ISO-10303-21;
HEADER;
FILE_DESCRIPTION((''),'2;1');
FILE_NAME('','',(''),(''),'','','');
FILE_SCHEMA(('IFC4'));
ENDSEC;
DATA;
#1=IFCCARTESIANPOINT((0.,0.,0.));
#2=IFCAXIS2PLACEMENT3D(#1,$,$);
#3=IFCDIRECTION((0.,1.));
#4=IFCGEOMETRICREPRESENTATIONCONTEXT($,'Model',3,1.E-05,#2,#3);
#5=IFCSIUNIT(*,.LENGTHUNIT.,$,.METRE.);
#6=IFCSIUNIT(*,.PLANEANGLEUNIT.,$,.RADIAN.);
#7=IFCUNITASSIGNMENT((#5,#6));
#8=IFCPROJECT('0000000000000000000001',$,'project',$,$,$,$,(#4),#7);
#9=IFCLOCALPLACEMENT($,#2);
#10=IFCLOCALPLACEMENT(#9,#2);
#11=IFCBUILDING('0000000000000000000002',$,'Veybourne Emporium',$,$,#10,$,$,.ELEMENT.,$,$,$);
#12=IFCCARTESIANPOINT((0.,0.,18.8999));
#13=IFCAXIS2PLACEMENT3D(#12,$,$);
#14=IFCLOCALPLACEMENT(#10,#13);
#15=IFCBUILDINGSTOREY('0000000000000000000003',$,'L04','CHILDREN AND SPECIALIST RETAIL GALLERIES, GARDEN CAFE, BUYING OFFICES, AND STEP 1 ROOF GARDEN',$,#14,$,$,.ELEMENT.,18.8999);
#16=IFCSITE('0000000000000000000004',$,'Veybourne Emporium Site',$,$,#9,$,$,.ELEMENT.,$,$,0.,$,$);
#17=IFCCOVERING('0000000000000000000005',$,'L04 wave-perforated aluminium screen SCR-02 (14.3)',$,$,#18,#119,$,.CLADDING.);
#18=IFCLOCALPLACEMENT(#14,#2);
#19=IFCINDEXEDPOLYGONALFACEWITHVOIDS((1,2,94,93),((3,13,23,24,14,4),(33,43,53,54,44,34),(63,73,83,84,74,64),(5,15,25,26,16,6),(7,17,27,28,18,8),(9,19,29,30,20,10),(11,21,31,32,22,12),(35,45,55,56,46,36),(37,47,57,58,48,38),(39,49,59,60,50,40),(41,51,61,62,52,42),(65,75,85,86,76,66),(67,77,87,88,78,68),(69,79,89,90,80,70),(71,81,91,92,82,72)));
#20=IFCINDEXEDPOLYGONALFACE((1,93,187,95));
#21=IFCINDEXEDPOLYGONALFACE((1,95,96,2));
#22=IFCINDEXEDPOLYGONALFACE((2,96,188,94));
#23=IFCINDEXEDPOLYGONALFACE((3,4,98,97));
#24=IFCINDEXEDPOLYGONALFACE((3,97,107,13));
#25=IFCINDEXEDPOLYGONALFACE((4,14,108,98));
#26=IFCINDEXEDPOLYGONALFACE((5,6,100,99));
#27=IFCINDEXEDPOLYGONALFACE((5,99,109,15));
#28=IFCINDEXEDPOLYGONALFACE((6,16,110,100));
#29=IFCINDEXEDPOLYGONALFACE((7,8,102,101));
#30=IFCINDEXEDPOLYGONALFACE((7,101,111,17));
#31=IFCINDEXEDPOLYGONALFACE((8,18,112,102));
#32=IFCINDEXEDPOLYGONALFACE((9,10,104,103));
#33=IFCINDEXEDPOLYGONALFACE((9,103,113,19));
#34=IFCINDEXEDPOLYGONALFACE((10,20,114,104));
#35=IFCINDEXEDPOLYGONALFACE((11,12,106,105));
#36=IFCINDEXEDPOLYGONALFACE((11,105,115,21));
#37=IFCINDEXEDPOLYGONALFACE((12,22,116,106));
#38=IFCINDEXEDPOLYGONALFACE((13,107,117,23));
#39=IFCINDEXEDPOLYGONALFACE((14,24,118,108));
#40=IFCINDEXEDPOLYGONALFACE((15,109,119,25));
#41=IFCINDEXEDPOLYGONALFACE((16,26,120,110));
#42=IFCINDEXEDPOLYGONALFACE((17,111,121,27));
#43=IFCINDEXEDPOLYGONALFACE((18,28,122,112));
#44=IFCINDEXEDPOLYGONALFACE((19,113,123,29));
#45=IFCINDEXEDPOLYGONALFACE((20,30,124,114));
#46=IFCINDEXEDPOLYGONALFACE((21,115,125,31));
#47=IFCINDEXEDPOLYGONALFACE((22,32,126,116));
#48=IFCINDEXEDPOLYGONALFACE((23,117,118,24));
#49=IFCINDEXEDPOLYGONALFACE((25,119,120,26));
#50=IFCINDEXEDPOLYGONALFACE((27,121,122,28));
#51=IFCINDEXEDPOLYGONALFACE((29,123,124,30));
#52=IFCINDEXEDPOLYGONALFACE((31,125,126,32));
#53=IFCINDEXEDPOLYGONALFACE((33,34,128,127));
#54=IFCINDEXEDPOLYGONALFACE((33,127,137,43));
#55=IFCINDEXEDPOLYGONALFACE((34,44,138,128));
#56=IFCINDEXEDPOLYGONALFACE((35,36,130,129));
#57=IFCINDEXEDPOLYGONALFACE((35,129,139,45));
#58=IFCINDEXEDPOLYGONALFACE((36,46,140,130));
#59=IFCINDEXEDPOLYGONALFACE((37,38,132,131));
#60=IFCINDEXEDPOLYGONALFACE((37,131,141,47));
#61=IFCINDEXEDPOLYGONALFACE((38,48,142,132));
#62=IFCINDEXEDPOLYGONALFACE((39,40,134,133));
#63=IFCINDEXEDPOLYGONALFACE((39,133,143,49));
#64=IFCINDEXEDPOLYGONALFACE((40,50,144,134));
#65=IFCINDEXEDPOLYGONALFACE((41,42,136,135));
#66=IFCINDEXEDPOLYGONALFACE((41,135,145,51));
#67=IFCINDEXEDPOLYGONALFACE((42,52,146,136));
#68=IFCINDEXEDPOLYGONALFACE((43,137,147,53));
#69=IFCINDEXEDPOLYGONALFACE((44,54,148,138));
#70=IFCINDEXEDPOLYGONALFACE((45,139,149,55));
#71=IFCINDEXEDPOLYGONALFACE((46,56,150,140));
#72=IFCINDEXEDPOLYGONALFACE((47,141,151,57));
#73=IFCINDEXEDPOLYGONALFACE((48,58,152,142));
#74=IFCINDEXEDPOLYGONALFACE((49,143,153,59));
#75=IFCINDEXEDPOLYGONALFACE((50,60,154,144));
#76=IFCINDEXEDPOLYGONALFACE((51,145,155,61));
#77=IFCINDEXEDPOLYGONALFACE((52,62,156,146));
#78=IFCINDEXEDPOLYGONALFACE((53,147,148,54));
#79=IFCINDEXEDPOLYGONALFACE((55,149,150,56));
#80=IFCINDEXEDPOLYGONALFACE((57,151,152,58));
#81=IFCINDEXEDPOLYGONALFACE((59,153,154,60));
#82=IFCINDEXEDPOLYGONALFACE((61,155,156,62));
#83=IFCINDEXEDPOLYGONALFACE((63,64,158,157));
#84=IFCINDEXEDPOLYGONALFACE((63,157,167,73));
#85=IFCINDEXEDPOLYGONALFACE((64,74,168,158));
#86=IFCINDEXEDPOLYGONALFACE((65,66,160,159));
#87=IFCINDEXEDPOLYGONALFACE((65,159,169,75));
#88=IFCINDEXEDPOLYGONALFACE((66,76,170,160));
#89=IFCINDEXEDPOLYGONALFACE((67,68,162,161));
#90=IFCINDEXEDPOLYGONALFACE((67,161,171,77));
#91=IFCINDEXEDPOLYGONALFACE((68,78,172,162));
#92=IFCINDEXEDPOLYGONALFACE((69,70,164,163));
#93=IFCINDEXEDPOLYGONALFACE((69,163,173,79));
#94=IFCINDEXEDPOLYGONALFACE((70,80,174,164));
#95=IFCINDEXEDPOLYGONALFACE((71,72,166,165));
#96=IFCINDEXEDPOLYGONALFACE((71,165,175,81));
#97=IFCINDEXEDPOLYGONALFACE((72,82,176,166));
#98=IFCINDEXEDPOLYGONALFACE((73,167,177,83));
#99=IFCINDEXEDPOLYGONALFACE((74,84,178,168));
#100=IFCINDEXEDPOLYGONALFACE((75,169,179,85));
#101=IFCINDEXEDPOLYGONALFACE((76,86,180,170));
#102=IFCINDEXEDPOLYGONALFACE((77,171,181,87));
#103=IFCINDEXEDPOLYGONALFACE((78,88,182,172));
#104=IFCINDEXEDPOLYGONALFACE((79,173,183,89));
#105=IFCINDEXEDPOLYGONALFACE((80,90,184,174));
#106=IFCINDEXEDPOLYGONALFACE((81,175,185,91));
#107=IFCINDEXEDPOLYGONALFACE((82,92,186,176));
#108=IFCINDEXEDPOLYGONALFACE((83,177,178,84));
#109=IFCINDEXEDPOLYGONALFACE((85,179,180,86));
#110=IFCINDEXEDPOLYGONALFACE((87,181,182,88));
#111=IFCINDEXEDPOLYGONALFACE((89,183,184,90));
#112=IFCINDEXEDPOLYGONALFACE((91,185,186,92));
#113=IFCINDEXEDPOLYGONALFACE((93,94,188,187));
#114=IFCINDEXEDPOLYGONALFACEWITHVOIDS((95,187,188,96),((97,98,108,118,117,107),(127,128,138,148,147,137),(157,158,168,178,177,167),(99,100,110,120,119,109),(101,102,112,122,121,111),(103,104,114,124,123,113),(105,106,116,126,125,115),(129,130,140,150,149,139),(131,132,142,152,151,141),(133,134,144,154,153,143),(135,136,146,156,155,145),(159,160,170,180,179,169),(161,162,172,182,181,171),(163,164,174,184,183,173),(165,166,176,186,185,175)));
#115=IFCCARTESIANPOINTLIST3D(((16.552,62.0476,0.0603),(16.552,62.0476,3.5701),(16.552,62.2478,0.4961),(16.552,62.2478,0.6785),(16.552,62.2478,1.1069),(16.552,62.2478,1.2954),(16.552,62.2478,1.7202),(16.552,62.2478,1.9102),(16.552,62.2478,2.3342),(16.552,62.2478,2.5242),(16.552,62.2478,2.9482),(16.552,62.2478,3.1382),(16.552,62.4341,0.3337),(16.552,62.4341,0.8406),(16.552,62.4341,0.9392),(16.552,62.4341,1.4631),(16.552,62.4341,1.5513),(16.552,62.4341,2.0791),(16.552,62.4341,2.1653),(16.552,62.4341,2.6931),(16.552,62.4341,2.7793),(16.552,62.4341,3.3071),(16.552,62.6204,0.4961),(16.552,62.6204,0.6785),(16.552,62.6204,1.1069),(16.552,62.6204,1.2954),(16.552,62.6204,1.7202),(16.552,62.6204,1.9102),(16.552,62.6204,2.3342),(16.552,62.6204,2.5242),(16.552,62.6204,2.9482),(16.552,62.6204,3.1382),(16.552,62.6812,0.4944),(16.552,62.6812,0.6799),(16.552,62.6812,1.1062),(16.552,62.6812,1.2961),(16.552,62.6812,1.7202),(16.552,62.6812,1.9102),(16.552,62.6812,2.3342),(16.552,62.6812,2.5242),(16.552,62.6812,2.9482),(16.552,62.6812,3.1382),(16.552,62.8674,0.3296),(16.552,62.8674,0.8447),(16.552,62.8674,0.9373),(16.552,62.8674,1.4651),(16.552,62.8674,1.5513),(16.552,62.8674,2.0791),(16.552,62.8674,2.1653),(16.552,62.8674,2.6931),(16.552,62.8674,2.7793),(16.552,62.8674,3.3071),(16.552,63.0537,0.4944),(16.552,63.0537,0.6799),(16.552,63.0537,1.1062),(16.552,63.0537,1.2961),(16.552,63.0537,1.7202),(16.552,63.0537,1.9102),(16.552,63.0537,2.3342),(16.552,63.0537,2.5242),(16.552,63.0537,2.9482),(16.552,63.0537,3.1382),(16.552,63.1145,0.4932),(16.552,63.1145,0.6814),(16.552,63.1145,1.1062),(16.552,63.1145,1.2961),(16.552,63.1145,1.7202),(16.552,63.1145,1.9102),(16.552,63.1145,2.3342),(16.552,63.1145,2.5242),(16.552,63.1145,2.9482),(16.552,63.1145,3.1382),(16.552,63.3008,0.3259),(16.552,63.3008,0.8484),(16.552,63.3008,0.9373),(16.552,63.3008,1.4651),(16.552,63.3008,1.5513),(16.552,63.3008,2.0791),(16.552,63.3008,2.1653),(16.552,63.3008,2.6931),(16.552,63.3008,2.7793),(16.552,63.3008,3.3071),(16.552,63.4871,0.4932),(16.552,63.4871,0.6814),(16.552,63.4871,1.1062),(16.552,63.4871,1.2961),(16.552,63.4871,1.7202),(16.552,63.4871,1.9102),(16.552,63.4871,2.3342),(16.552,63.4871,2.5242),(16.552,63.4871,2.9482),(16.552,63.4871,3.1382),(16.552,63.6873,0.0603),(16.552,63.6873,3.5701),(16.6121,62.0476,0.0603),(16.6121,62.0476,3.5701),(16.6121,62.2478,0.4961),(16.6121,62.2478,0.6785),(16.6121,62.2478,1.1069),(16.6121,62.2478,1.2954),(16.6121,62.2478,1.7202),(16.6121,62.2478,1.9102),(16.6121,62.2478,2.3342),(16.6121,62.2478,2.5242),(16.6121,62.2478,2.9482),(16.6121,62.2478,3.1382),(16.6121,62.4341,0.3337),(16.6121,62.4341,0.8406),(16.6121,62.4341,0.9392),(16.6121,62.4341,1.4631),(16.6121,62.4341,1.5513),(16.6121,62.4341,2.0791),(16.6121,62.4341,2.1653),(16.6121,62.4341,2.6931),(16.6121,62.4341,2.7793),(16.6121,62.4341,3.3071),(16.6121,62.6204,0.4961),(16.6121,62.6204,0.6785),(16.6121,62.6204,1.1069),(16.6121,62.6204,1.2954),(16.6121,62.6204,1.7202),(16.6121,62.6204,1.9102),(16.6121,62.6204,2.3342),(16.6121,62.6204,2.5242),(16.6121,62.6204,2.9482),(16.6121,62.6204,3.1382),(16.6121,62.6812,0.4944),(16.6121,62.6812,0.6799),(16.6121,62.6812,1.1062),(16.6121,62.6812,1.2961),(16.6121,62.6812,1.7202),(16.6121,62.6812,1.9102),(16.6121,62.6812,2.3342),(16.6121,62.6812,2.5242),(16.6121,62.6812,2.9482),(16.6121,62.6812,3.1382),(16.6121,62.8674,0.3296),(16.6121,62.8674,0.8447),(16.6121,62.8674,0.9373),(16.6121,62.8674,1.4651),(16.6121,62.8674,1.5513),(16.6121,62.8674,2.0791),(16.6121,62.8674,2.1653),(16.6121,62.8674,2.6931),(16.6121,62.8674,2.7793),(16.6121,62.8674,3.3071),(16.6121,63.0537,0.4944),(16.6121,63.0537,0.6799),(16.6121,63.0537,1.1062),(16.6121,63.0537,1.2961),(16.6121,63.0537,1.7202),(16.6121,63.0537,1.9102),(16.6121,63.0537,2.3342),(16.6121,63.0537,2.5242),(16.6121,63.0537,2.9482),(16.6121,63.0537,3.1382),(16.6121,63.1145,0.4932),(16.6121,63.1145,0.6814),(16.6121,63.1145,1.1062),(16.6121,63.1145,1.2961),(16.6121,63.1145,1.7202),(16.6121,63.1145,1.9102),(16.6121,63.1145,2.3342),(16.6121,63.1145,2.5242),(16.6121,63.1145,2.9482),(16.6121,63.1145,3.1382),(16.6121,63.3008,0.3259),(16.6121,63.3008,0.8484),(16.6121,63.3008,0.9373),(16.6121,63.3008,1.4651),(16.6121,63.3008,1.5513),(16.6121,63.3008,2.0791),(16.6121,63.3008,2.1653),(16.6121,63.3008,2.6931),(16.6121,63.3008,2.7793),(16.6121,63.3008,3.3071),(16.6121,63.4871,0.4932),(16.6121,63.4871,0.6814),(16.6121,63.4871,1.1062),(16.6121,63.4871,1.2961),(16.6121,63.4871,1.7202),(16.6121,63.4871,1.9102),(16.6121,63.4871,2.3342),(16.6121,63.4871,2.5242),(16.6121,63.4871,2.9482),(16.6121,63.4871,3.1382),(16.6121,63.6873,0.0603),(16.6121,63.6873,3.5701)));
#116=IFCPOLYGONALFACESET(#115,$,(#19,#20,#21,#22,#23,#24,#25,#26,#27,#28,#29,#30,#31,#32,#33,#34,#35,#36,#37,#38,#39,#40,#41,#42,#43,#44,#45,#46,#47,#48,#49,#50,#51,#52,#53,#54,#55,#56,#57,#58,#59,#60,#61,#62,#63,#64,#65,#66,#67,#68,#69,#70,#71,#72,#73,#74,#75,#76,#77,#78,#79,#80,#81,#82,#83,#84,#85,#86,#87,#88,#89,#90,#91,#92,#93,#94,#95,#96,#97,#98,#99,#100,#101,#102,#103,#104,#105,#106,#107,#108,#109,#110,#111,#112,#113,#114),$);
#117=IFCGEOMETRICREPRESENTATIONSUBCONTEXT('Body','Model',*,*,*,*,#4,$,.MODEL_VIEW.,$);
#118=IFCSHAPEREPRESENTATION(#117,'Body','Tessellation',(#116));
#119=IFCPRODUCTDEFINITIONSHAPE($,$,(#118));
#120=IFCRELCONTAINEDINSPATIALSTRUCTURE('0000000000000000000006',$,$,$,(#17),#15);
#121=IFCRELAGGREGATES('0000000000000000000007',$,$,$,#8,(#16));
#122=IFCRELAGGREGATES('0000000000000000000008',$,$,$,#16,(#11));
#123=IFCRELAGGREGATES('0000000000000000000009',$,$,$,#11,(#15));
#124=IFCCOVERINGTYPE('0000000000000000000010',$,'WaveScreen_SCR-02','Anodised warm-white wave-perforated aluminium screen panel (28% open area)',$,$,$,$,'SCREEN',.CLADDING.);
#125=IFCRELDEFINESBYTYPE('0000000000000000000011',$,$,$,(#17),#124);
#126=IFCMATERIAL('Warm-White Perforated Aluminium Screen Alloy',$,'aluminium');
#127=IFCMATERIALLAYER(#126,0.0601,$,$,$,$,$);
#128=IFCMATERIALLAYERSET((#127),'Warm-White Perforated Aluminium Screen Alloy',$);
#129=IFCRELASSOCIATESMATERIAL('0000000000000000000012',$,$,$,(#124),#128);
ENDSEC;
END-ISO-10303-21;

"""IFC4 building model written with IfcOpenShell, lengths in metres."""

from ifc_helpers import new_model, si_unit, direction, frame, origin, place, context, subcontext, project, spatial, polyline, outline, extrude, material, layer, layer_set, type_object, element, save


model = new_model("IFC4")

# Units and contexts
model_context = context("Model", 3, precision=1e-05, world=origin(), true_north=direction((0.0, 1.0)))
body_context = subcontext(model_context, "Body", "Model", "MODEL_VIEW")
ifc_project = project(units=[si_unit("LENGTHUNIT", "METRE"), si_unit("PLANEANGLEUNIT", "RADIAN")], contexts=[model_context])

# Site, building, storey
site_placement = place(None, origin())
site = spatial("IfcSite", under=ifc_project, at=site_placement, Name="Veybourne Emporium Site", CompositionType="ELEMENT", RefElevation=0.0)
building_placement = place(site_placement, origin())
building = spatial("IfcBuilding", under=site, at=building_placement, Name="Veybourne Emporium", CompositionType="ELEMENT")
storey_placement = place(building_placement, frame((0.0, 0.0, 18.8999)))
storey = spatial("IfcBuildingStorey", under=building, at=storey_placement, Name="L04", Description="CHILDREN AND SPECIALIST RETAIL GALLERIES, GARDEN CAFE, BUYING OFFICES, AND STEP 1 ROOF GARDEN", CompositionType="ELEMENT", Elevation=18.8999)

# Covering
ifc_material_1 = material(Name="Warm-White Perforated Aluminium Screen Alloy", Category="aluminium")
ifc_layer_1 = layer(ifc_material_1, 0.0601)
ifc_layer_set_1 = layer_set([ifc_layer_1], Name="Warm-White Perforated Aluminium Screen Alloy")
covering_type_1 = type_object("IfcCoveringType", Name="WaveScreen_SCR-02", Description="Anodised warm-white wave-perforated aluminium screen panel (28% open area)", ElementType="SCREEN", PredefinedType="CLADDING", material=ifc_layer_set_1)
covering_1_placement = place(storey_placement, frame((16.552, 62.8674, 1.8152), z_axis=(1.0, 0.0, 0.0), x_axis=(0.0, 1.0, 0.0)))
element("IfcCovering", 1, at=covering_1_placement, inside=storey, type_object=covering_type_1, Name="L04 wave-perforated aluminium screen SCR-02 (14.3)", PredefinedType="CLADDING", context=body_context, shape_type="SweptSolid", body=[
    extrude(outline(polyline([(-0.8198, -1.7549), (0.8198, -1.7549), (0.8198, 1.7549), (-0.8198, 1.7549), (-0.8198, -1.7549)]), holes=[polyline([(-0.4333, -0.9746), (-0.2471, -1.1367), (-0.2471, -1.3191), (-0.4333, -1.4814), (-0.6196, -1.3191), (-0.6196, -1.1367), (-0.4333, -0.9746)]), polyline([(-0.4333, -0.3521), (-0.2471, -0.5198), (-0.2471, -0.7083), (-0.4333, -0.876), (-0.6196, -0.7083), (-0.6196, -0.5198), (-0.4333, -0.3521)]), polyline([(-0.4333, 0.2639), (-0.2471, 0.095), (-0.2471, -0.095), (-0.4333, -0.2639), (-0.6196, -0.095), (-0.6196, 0.095), (-0.4333, 0.2639)]), polyline([(-0.4333, 0.8779), (-0.2471, 0.709), (-0.2471, 0.519), (-0.4333, 0.3501), (-0.6196, 0.519), (-0.6196, 0.709), (-0.4333, 0.8779)]), polyline([(-0.4333, 1.4919), (-0.2471, 1.323), (-0.2471, 1.1331), (-0.4333, 0.9641), (-0.6196, 1.1331), (-0.6196, 1.323), (-0.4333, 1.4919)]), polyline([(0.0, -0.9705), (0.1863, -1.1353), (0.1863, -1.3208), (0.0, -1.4856), (-0.1863, -1.3208), (-0.1863, -1.1353), (0.0, -0.9705)]), polyline([(0.0, -0.3501), (0.1863, -0.519), (0.1863, -0.709), (0.0, -0.8779), (-0.1863, -0.709), (-0.1863, -0.519), (0.0, -0.3501)]), polyline([(0.0, 0.2639), (0.1863, 0.095), (0.1863, -0.095), (0.0, -0.2639), (-0.1863, -0.095), (-0.1863, 0.095), (0.0, 0.2639)]), polyline([(0.0, 0.8779), (0.1863, 0.709), (0.1863, 0.519), (0.0, 0.3501), (-0.1863, 0.519), (-0.1863, 0.709), (0.0, 0.8779)]), polyline([(0.0, 1.4919), (0.1863, 1.323), (0.1863, 1.1331), (0.0, 0.9641), (-0.1863, 1.1331), (-0.1863, 1.323), (0.0, 1.4919)]), polyline([(0.4333, -0.9668), (0.6196, -1.1338), (0.6196, -1.322), (0.4333, -1.4893), (0.2471, -1.322), (0.2471, -1.1338), (0.4333, -0.9668)]), polyline([(0.4333, -0.3501), (0.6196, -0.519), (0.6196, -0.709), (0.4333, -0.8779), (0.2471, -0.709), (0.2471, -0.519), (0.4333, -0.3501)]), polyline([(0.4333, 0.2639), (0.6196, 0.095), (0.6196, -0.095), (0.4333, -0.2639), (0.2471, -0.095), (0.2471, 0.095), (0.4333, 0.2639)]), polyline([(0.4333, 0.8779), (0.6196, 0.709), (0.6196, 0.519), (0.4333, 0.3501), (0.2471, 0.519), (0.2471, 0.709), (0.4333, 0.8779)]), polyline([(0.4333, 1.4919), (0.6196, 1.323), (0.6196, 1.1331), (0.4333, 0.9641), (0.2471, 1.1331), (0.2471, 1.323), (0.4333, 1.4919)])]), origin(), (0.0, 0.0, 1.0), 0.0601),
])

save(model, "model.ifc")
